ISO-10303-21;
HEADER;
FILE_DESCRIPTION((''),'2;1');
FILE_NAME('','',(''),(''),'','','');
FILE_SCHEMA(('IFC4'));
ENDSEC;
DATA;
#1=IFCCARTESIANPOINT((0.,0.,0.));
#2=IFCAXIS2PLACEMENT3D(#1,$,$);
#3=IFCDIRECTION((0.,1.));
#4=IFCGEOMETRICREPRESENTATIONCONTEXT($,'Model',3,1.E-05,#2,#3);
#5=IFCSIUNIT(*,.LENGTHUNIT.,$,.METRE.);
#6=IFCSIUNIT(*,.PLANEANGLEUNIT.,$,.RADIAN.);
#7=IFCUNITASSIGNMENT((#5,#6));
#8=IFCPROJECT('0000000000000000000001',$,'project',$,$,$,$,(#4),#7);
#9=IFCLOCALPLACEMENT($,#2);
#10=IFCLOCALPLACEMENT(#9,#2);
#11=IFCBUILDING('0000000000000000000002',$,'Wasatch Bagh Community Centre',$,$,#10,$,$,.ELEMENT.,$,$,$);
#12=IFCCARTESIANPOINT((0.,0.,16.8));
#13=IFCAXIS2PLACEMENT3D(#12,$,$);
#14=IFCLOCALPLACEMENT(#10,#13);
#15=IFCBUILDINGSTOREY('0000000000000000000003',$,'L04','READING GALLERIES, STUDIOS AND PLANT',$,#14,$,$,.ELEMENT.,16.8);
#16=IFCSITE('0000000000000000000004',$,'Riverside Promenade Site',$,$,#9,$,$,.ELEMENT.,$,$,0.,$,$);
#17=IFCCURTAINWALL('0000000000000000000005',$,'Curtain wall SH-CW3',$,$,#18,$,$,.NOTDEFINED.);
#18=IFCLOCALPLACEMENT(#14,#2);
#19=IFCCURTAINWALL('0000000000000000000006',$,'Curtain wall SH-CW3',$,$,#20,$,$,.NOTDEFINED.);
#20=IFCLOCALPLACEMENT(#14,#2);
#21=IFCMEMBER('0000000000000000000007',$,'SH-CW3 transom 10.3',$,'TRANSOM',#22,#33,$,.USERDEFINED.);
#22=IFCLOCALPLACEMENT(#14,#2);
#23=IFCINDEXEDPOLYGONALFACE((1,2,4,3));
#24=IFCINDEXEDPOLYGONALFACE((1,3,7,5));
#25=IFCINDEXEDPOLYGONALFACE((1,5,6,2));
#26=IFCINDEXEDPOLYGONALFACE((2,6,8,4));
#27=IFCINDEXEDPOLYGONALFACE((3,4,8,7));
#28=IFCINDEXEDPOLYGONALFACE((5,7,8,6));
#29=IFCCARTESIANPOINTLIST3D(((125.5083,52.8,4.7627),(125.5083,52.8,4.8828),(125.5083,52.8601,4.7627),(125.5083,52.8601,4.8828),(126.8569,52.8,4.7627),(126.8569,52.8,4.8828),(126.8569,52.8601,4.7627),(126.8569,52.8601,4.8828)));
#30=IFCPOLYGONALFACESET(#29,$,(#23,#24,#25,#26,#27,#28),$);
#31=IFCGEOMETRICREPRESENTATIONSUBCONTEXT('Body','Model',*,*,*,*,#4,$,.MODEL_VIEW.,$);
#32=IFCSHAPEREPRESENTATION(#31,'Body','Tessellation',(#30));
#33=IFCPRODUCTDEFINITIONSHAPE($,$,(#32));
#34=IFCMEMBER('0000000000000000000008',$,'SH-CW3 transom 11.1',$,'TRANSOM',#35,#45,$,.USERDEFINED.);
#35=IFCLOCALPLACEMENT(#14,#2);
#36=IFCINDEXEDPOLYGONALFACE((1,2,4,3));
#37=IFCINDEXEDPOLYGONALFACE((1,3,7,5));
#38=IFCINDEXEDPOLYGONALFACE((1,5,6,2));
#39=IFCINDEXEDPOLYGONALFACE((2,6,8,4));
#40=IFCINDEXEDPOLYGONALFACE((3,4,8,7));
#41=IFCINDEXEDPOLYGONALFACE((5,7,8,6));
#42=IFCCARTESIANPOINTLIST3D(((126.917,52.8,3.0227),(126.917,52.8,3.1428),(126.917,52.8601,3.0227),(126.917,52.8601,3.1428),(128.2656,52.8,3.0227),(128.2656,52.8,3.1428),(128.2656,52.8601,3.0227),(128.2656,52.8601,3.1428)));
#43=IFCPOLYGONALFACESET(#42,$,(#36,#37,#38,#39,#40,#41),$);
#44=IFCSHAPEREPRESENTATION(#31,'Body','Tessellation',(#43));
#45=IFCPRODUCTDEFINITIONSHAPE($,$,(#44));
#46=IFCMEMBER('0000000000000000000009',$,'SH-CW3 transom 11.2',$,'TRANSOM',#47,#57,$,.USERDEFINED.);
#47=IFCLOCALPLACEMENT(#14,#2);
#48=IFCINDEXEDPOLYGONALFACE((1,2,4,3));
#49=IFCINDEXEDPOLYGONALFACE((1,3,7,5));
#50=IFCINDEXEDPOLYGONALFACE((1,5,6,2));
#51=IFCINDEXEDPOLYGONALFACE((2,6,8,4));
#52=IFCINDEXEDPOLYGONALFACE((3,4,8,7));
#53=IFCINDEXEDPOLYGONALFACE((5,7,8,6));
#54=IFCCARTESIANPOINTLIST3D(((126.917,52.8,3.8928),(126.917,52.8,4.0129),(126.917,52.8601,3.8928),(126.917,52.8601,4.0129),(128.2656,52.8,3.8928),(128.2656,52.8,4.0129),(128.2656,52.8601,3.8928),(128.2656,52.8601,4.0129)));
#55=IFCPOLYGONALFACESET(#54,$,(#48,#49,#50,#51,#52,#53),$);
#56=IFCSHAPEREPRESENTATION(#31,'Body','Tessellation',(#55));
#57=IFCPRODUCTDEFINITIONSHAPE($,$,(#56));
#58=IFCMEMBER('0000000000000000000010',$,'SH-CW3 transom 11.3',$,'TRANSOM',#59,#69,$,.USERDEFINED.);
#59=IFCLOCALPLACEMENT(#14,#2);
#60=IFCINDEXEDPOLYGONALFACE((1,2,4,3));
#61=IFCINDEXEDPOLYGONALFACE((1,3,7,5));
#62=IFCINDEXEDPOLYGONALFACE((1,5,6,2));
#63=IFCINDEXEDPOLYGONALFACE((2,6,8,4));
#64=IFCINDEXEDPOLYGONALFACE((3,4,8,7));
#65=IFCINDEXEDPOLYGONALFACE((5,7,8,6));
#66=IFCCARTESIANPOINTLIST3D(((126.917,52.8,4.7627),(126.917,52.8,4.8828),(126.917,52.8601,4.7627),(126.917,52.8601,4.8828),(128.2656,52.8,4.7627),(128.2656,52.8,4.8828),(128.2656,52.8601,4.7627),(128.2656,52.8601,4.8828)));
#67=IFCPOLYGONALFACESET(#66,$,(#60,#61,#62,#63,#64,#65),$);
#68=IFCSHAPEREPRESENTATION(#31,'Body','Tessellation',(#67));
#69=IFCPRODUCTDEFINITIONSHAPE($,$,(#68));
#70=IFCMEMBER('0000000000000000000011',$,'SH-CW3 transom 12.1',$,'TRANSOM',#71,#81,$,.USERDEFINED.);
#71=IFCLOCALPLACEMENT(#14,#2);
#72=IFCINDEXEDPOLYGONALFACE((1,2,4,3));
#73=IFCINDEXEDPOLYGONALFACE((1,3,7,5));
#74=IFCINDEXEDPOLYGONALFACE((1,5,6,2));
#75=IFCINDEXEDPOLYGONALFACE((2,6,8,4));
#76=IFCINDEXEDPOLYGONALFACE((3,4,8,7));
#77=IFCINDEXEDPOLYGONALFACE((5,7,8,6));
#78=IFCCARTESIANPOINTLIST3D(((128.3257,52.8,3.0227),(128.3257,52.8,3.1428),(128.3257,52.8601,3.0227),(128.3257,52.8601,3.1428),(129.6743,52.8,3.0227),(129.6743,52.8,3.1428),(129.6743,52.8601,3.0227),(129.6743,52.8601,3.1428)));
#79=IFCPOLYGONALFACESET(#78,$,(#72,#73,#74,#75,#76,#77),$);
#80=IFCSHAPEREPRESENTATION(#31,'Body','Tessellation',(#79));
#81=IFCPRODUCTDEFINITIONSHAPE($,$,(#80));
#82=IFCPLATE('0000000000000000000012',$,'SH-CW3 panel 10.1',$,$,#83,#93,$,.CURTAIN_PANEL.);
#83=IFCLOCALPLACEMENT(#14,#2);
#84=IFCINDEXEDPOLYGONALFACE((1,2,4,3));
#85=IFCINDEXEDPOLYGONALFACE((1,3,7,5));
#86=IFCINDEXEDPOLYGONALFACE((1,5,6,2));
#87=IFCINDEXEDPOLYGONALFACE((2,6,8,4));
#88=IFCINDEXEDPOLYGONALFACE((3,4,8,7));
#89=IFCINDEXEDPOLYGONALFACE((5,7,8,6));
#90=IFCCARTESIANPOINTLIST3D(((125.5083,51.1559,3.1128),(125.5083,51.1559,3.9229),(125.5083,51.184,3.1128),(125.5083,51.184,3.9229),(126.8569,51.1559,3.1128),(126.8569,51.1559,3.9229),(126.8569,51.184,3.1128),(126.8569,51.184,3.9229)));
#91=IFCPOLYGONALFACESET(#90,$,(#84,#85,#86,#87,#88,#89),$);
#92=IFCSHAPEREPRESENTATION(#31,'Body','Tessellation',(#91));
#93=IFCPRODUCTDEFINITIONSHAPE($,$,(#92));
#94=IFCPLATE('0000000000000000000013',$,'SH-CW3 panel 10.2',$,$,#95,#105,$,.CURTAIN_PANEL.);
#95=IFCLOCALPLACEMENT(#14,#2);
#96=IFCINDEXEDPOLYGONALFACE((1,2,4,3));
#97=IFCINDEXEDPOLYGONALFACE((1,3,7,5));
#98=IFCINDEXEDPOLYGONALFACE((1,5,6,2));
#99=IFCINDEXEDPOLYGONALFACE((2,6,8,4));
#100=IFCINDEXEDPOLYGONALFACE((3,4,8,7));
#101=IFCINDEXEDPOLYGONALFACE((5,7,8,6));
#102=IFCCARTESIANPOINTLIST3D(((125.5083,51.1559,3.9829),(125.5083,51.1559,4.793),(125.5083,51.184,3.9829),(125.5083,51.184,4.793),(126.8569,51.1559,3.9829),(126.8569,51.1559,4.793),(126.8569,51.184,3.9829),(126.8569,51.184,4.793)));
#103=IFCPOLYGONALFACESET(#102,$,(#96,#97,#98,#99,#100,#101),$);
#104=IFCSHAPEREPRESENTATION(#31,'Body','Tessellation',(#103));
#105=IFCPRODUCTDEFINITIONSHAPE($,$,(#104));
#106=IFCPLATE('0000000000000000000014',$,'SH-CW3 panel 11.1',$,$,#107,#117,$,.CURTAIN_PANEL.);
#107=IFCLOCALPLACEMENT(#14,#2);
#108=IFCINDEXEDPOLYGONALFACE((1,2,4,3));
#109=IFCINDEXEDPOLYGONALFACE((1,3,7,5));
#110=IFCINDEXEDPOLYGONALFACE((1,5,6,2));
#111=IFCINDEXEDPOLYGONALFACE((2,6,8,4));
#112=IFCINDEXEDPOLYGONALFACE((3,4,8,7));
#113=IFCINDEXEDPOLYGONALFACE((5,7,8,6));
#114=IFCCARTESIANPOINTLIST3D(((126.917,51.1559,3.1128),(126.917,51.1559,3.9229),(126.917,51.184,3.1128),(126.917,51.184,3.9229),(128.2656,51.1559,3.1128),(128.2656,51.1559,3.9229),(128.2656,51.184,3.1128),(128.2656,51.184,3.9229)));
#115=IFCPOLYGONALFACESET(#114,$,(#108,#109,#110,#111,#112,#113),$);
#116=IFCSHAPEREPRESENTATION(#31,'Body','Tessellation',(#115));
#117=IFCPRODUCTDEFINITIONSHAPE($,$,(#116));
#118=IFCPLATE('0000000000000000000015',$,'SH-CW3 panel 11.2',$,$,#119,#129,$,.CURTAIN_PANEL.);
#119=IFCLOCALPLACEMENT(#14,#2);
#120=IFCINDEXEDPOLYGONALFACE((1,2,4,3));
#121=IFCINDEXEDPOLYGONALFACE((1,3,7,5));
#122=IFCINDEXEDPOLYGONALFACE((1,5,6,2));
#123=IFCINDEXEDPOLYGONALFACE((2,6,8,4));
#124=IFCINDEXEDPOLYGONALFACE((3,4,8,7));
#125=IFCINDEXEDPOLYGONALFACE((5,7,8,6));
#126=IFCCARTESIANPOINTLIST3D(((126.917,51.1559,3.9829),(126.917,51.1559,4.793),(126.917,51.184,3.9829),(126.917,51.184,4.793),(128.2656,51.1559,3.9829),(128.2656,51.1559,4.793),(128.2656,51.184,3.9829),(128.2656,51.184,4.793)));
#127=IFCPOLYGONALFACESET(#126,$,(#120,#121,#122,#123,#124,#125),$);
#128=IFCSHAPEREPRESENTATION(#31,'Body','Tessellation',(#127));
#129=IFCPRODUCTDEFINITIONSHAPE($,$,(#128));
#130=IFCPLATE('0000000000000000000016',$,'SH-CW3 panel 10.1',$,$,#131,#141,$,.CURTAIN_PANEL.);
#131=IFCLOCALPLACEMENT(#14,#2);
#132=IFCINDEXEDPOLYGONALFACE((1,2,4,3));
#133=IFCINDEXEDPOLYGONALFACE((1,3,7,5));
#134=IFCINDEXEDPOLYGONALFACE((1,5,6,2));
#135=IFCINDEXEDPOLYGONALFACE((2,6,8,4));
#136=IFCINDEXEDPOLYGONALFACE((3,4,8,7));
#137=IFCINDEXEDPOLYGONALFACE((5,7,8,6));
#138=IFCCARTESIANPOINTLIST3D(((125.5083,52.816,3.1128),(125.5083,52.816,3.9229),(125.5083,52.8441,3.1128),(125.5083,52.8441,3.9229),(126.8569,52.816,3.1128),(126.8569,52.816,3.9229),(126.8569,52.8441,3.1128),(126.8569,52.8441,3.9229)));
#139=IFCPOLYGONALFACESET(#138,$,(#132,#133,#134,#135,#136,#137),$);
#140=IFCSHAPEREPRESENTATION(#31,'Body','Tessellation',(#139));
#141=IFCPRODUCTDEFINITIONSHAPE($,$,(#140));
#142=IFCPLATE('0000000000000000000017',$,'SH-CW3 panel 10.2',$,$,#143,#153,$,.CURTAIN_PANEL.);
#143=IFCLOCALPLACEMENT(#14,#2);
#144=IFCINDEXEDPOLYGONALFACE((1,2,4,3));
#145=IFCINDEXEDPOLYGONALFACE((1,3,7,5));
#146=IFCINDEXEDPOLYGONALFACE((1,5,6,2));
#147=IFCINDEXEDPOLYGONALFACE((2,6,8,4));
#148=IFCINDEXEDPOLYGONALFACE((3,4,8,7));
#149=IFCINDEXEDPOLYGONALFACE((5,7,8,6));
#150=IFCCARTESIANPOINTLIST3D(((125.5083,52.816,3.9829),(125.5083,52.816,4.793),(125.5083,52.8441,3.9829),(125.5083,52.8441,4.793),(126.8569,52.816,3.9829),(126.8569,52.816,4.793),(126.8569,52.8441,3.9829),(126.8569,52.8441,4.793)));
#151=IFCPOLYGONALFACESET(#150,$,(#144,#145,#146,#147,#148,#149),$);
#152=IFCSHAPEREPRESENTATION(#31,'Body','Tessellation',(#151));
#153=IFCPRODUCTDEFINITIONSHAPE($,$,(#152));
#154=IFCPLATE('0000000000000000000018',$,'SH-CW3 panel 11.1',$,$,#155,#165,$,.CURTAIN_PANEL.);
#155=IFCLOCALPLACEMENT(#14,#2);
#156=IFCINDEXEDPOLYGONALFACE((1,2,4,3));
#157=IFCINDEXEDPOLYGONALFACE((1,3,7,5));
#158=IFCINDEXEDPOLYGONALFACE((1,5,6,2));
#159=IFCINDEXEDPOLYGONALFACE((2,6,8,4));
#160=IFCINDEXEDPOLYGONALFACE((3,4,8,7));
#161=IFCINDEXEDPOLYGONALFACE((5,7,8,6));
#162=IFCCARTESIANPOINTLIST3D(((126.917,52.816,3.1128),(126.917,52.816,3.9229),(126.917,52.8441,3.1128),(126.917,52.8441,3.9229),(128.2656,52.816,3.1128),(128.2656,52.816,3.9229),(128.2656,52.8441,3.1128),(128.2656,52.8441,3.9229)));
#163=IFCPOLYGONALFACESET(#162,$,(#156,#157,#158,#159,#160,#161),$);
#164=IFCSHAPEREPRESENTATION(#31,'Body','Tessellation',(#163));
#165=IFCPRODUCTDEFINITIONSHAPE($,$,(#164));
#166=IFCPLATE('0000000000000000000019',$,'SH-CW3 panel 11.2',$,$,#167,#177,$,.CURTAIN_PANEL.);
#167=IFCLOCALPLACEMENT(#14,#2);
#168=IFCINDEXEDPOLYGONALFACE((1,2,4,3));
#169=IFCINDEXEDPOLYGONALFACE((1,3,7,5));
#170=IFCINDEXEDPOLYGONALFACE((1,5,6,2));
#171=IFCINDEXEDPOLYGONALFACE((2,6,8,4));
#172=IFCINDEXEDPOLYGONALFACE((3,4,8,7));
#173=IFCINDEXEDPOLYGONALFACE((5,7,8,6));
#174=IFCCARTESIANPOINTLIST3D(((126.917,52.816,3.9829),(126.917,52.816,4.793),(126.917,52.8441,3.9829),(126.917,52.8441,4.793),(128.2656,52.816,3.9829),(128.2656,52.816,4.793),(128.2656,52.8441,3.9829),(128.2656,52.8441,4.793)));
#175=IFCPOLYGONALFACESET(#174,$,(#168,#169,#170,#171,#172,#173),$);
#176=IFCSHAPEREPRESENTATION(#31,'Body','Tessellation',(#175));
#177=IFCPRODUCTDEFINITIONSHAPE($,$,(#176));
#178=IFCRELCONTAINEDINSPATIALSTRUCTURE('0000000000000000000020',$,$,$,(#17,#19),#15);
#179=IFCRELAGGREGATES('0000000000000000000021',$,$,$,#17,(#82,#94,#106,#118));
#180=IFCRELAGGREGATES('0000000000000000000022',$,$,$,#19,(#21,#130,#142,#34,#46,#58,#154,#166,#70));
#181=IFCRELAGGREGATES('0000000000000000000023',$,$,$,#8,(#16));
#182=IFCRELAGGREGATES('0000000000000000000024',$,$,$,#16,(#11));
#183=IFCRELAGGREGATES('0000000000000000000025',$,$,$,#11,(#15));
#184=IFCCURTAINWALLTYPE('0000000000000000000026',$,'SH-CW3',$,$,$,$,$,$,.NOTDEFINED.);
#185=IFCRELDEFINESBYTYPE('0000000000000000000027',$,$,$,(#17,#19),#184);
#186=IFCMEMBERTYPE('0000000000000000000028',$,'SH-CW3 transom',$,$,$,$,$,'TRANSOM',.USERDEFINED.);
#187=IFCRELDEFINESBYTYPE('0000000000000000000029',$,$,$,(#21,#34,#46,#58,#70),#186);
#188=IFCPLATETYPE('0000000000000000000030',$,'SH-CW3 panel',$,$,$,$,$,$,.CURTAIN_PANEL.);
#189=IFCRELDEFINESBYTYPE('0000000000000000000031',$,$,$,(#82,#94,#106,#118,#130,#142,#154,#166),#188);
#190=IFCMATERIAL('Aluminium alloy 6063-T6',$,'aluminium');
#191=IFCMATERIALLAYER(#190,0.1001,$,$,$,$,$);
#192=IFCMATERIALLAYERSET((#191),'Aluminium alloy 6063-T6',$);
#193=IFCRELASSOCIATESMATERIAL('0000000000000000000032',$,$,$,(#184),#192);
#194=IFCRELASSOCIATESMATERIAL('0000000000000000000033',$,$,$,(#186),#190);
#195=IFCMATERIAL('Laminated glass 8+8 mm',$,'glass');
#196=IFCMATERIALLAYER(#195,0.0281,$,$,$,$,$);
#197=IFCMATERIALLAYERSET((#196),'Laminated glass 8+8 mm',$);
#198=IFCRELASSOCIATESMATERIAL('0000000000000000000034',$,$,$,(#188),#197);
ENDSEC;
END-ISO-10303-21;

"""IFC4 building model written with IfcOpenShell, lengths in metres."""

from ifc_helpers import new_model, si_unit, direction, frame, origin, origin_2d, place, context, subcontext, project, spatial, rectangle, extrude, material, layer, layer_set, material_profile, profile_set, type_object, element, aggregate, save


model = new_model("IFC4")

# Units and contexts
model_context = context("Model", 3, precision=1e-05, world=origin(), true_north=direction((0.0, 1.0)))
body_context = subcontext(model_context, "Body", "Model", "MODEL_VIEW")
ifc_project = project(units=[si_unit("LENGTHUNIT", "METRE"), si_unit("PLANEANGLEUNIT", "RADIAN")], contexts=[model_context])

# Site, building, storey
site_placement = place(None, origin())
site = spatial("IfcSite", under=ifc_project, at=site_placement, Name="Riverside Promenade Site", CompositionType="ELEMENT", RefElevation=0.0)
building_placement = place(site_placement, origin())
building = spatial("IfcBuilding", under=site, at=building_placement, Name="Wasatch Bagh Community Centre", CompositionType="ELEMENT")
storey_placement = place(building_placement, frame((0.0, 0.0, 16.8)))
storey = spatial("IfcBuildingStorey", under=building, at=storey_placement, Name="L04", Description="READING GALLERIES, STUDIOS AND PLANT", CompositionType="ELEMENT", Elevation=16.8)

# Curtain walls
ifc_material_1 = material(Name="Aluminium alloy 6063-T6", Category="aluminium")
ifc_layer_1 = layer(ifc_material_1, 0.1001)
ifc_layer_set_1 = layer_set([ifc_layer_1], Name="Aluminium alloy 6063-T6")
curtain_wall_type = type_object("IfcCurtainWallType", Name="SH-CW3", PredefinedType="NOTDEFINED", material=ifc_layer_set_1)
curtain_wall_1_placement = place(storey_placement, origin())
curtain_wall_1 = element("IfcCurtainWall", 1, at=curtain_wall_1_placement, inside=storey, type_object=curtain_wall_type, Name="Curtain wall SH-CW3", PredefinedType="NOTDEFINED")
curtain_wall_2_placement = place(storey_placement, origin())
curtain_wall_2 = element("IfcCurtainWall", 2, at=curtain_wall_2_placement, inside=storey, type_object=curtain_wall_type, Name="Curtain wall SH-CW3", PredefinedType="NOTDEFINED")

# Members
ifc_material_profile_1 = material_profile(ifc_material_1, rectangle(XDim=0.0601, YDim=0.1201, at=origin_2d()), Name="AL 60x120")
ifc_profile_set_1 = profile_set([ifc_material_profile_1], Name="Aluminium alloy 6063-T6")
member_type_1 = type_object("IfcMemberType", Name="SH-CW3 transom", ElementType="TRANSOM", PredefinedType="USERDEFINED", material=ifc_profile_set_1)
member_1_placement = place(storey_placement, frame((125.5083, 52.8301, 4.8228), z_axis=(1.0, 0.0, 0.0), x_axis=(0.0, 1.0, 0.0)))
member_1 = element("IfcMember", 3, at=member_1_placement, type_object=member_type_1, Name="SH-CW3 transom 10.3", ObjectType="TRANSOM", PredefinedType="USERDEFINED", context=body_context, shape_type="SweptSolid", body=[
    extrude(rectangle(XDim=0.0601, YDim=0.1201, at=origin_2d()), origin(), (0.0, 0.0, 1.0), 1.3486),
])
member_2_placement = place(storey_placement, frame((126.917, 52.8301, 3.0828), z_axis=(1.0, 0.0, 0.0), x_axis=(0.0, 1.0, 0.0)))
member_2 = element("IfcMember", 4, at=member_2_placement, type_object=member_type_1, Name="SH-CW3 transom 11.1", ObjectType="TRANSOM", PredefinedType="USERDEFINED", context=body_context, shape_type="SweptSolid", body=[
    extrude(rectangle(XDim=0.0601, YDim=0.1201, at=origin_2d()), origin(), (0.0, 0.0, 1.0), 1.3486),
])
member_3_placement = place(storey_placement, frame((126.917, 52.8301, 3.9529), z_axis=(1.0, 0.0, 0.0), x_axis=(0.0, 1.0, 0.0)))
member_3 = element("IfcMember", 5, at=member_3_placement, type_object=member_type_1, Name="SH-CW3 transom 11.2", ObjectType="TRANSOM", PredefinedType="USERDEFINED", context=body_context, shape_type="SweptSolid", body=[
    extrude(rectangle(XDim=0.0601, YDim=0.1201, at=origin_2d()), origin(), (0.0, 0.0, 1.0), 1.3486),
])
member_4_placement = place(storey_placement, frame((126.917, 52.8301, 4.8228), z_axis=(1.0, 0.0, 0.0), x_axis=(0.0, 1.0, 0.0)))
member_4 = element("IfcMember", 6, at=member_4_placement, type_object=member_type_1, Name="SH-CW3 transom 11.3", ObjectType="TRANSOM", PredefinedType="USERDEFINED", context=body_context, shape_type="SweptSolid", body=[
    extrude(rectangle(XDim=0.0601, YDim=0.1201, at=origin_2d()), origin(), (0.0, 0.0, 1.0), 1.3486),
])
member_5_placement = place(storey_placement, frame((128.3257, 52.8301, 3.0828), z_axis=(1.0, 0.0, 0.0), x_axis=(0.0, 1.0, 0.0)))
member_5 = element("IfcMember", 7, at=member_5_placement, type_object=member_type_1, Name="SH-CW3 transom 12.1", ObjectType="TRANSOM", PredefinedType="USERDEFINED", context=body_context, shape_type="SweptSolid", body=[
    extrude(rectangle(XDim=0.0601, YDim=0.1201, at=origin_2d()), origin(), (0.0, 0.0, 1.0), 1.3486),
])

# Plates
ifc_material_2 = material(Name="Laminated glass 8+8 mm", Category="glass")
ifc_layer_2 = layer(ifc_material_2, 0.0281)
ifc_layer_set_2 = layer_set([ifc_layer_2], Name="Laminated glass 8+8 mm")
plate_type = type_object("IfcPlateType", Name="SH-CW3 panel", PredefinedType="CURTAIN_PANEL", material=ifc_layer_set_2)
plate_1_placement = place(storey_placement, frame((126.1826, 51.1699, 3.1128), z_axis=(0.0, 0.0, 1.0), x_axis=(1.0, 0.0, 0.0)))
plate_1 = element("IfcPlate", 8, at=plate_1_placement, type_object=plate_type, Name="SH-CW3 panel 10.1", PredefinedType="CURTAIN_PANEL", context=body_context, shape_type="SweptSolid", body=[
    extrude(rectangle(XDim=1.3486, YDim=0.0281, at=origin_2d()), origin(), (0.0, 0.0, 1.0), 0.8101),
])
plate_2_placement = place(storey_placement, frame((126.1826, 51.1699, 3.9829), z_axis=(0.0, 0.0, 1.0), x_axis=(1.0, 0.0, 0.0)))
plate_2 = element("IfcPlate", 9, at=plate_2_placement, type_object=plate_type, Name="SH-CW3 panel 10.2", PredefinedType="CURTAIN_PANEL", context=body_context, shape_type="SweptSolid", body=[
    extrude(rectangle(XDim=1.3486, YDim=0.0281, at=origin_2d()), origin(), (0.0, 0.0, 1.0), 0.8101),
])
plate_3_placement = place(storey_placement, frame((127.5913, 51.1699, 3.1128), z_axis=(0.0, 0.0, 1.0), x_axis=(1.0, 0.0, 0.0)))
plate_3 = element("IfcPlate", 10, at=plate_3_placement, type_object=plate_type, Name="SH-CW3 panel 11.1", PredefinedType="CURTAIN_PANEL", context=body_context, shape_type="SweptSolid", body=[
    extrude(rectangle(XDim=1.3486, YDim=0.0281, at=origin_2d()), origin(), (0.0, 0.0, 1.0), 0.8101),
])
plate_4_placement = place(storey_placement, frame((127.5913, 51.1699, 3.9829), z_axis=(0.0, 0.0, 1.0), x_axis=(1.0, 0.0, 0.0)))
plate_4 = element("IfcPlate", 11, at=plate_4_placement, type_object=plate_type, Name="SH-CW3 panel 11.2", PredefinedType="CURTAIN_PANEL", context=body_context, shape_type="SweptSolid", body=[
    extrude(rectangle(XDim=1.3486, YDim=0.0281, at=origin_2d()), origin(), (0.0, 0.0, 1.0), 0.8101),
])
aggregate(curtain_wall_1, [plate_1, plate_2, plate_3, plate_4])
plate_5_placement = place(storey_placement, frame((126.1826, 52.8301, 3.1128), z_axis=(0.0, 0.0, 1.0), x_axis=(1.0, 0.0, 0.0)))
plate_5 = element("IfcPlate", 12, at=plate_5_placement, type_object=plate_type, Name="SH-CW3 panel 10.1", PredefinedType="CURTAIN_PANEL", context=body_context, shape_type="SweptSolid", body=[
    extrude(rectangle(XDim=1.3486, YDim=0.0281, at=origin_2d()), origin(), (0.0, 0.0, 1.0), 0.8101),
])
plate_6_placement = place(storey_placement, frame((126.1826, 52.8301, 3.9829), z_axis=(0.0, 0.0, 1.0), x_axis=(1.0, 0.0, 0.0)))
plate_6 = element("IfcPlate", 13, at=plate_6_placement, type_object=plate_type, Name="SH-CW3 panel 10.2", PredefinedType="CURTAIN_PANEL", context=body_context, shape_type="SweptSolid", body=[
    extrude(rectangle(XDim=1.3486, YDim=0.0281, at=origin_2d()), origin(), (0.0, 0.0, 1.0), 0.8101),
])
plate_7_placement = place(storey_placement, frame((127.5913, 52.8301, 3.1128), z_axis=(0.0, 0.0, 1.0), x_axis=(1.0, 0.0, 0.0)))
plate_7 = element("IfcPlate", 14, at=plate_7_placement, type_object=plate_type, Name="SH-CW3 panel 11.1", PredefinedType="CURTAIN_PANEL", context=body_context, shape_type="SweptSolid", body=[
    extrude(rectangle(XDim=1.3486, YDim=0.0281, at=origin_2d()), origin(), (0.0, 0.0, 1.0), 0.8101),
])
plate_8_placement = place(storey_placement, frame((127.5913, 52.8301, 3.9829), z_axis=(0.0, 0.0, 1.0), x_axis=(1.0, 0.0, 0.0)))
plate_8 = element("IfcPlate", 15, at=plate_8_placement, type_object=plate_type, Name="SH-CW3 panel 11.2", PredefinedType="CURTAIN_PANEL", context=body_context, shape_type="SweptSolid", body=[
    extrude(rectangle(XDim=1.3486, YDim=0.0281, at=origin_2d()), origin(), (0.0, 0.0, 1.0), 0.8101),
])
aggregate(curtain_wall_2, [member_1, plate_5, plate_6, member_2, member_3, member_4, plate_7, plate_8, member_5])

save(model, "model.ifc")
